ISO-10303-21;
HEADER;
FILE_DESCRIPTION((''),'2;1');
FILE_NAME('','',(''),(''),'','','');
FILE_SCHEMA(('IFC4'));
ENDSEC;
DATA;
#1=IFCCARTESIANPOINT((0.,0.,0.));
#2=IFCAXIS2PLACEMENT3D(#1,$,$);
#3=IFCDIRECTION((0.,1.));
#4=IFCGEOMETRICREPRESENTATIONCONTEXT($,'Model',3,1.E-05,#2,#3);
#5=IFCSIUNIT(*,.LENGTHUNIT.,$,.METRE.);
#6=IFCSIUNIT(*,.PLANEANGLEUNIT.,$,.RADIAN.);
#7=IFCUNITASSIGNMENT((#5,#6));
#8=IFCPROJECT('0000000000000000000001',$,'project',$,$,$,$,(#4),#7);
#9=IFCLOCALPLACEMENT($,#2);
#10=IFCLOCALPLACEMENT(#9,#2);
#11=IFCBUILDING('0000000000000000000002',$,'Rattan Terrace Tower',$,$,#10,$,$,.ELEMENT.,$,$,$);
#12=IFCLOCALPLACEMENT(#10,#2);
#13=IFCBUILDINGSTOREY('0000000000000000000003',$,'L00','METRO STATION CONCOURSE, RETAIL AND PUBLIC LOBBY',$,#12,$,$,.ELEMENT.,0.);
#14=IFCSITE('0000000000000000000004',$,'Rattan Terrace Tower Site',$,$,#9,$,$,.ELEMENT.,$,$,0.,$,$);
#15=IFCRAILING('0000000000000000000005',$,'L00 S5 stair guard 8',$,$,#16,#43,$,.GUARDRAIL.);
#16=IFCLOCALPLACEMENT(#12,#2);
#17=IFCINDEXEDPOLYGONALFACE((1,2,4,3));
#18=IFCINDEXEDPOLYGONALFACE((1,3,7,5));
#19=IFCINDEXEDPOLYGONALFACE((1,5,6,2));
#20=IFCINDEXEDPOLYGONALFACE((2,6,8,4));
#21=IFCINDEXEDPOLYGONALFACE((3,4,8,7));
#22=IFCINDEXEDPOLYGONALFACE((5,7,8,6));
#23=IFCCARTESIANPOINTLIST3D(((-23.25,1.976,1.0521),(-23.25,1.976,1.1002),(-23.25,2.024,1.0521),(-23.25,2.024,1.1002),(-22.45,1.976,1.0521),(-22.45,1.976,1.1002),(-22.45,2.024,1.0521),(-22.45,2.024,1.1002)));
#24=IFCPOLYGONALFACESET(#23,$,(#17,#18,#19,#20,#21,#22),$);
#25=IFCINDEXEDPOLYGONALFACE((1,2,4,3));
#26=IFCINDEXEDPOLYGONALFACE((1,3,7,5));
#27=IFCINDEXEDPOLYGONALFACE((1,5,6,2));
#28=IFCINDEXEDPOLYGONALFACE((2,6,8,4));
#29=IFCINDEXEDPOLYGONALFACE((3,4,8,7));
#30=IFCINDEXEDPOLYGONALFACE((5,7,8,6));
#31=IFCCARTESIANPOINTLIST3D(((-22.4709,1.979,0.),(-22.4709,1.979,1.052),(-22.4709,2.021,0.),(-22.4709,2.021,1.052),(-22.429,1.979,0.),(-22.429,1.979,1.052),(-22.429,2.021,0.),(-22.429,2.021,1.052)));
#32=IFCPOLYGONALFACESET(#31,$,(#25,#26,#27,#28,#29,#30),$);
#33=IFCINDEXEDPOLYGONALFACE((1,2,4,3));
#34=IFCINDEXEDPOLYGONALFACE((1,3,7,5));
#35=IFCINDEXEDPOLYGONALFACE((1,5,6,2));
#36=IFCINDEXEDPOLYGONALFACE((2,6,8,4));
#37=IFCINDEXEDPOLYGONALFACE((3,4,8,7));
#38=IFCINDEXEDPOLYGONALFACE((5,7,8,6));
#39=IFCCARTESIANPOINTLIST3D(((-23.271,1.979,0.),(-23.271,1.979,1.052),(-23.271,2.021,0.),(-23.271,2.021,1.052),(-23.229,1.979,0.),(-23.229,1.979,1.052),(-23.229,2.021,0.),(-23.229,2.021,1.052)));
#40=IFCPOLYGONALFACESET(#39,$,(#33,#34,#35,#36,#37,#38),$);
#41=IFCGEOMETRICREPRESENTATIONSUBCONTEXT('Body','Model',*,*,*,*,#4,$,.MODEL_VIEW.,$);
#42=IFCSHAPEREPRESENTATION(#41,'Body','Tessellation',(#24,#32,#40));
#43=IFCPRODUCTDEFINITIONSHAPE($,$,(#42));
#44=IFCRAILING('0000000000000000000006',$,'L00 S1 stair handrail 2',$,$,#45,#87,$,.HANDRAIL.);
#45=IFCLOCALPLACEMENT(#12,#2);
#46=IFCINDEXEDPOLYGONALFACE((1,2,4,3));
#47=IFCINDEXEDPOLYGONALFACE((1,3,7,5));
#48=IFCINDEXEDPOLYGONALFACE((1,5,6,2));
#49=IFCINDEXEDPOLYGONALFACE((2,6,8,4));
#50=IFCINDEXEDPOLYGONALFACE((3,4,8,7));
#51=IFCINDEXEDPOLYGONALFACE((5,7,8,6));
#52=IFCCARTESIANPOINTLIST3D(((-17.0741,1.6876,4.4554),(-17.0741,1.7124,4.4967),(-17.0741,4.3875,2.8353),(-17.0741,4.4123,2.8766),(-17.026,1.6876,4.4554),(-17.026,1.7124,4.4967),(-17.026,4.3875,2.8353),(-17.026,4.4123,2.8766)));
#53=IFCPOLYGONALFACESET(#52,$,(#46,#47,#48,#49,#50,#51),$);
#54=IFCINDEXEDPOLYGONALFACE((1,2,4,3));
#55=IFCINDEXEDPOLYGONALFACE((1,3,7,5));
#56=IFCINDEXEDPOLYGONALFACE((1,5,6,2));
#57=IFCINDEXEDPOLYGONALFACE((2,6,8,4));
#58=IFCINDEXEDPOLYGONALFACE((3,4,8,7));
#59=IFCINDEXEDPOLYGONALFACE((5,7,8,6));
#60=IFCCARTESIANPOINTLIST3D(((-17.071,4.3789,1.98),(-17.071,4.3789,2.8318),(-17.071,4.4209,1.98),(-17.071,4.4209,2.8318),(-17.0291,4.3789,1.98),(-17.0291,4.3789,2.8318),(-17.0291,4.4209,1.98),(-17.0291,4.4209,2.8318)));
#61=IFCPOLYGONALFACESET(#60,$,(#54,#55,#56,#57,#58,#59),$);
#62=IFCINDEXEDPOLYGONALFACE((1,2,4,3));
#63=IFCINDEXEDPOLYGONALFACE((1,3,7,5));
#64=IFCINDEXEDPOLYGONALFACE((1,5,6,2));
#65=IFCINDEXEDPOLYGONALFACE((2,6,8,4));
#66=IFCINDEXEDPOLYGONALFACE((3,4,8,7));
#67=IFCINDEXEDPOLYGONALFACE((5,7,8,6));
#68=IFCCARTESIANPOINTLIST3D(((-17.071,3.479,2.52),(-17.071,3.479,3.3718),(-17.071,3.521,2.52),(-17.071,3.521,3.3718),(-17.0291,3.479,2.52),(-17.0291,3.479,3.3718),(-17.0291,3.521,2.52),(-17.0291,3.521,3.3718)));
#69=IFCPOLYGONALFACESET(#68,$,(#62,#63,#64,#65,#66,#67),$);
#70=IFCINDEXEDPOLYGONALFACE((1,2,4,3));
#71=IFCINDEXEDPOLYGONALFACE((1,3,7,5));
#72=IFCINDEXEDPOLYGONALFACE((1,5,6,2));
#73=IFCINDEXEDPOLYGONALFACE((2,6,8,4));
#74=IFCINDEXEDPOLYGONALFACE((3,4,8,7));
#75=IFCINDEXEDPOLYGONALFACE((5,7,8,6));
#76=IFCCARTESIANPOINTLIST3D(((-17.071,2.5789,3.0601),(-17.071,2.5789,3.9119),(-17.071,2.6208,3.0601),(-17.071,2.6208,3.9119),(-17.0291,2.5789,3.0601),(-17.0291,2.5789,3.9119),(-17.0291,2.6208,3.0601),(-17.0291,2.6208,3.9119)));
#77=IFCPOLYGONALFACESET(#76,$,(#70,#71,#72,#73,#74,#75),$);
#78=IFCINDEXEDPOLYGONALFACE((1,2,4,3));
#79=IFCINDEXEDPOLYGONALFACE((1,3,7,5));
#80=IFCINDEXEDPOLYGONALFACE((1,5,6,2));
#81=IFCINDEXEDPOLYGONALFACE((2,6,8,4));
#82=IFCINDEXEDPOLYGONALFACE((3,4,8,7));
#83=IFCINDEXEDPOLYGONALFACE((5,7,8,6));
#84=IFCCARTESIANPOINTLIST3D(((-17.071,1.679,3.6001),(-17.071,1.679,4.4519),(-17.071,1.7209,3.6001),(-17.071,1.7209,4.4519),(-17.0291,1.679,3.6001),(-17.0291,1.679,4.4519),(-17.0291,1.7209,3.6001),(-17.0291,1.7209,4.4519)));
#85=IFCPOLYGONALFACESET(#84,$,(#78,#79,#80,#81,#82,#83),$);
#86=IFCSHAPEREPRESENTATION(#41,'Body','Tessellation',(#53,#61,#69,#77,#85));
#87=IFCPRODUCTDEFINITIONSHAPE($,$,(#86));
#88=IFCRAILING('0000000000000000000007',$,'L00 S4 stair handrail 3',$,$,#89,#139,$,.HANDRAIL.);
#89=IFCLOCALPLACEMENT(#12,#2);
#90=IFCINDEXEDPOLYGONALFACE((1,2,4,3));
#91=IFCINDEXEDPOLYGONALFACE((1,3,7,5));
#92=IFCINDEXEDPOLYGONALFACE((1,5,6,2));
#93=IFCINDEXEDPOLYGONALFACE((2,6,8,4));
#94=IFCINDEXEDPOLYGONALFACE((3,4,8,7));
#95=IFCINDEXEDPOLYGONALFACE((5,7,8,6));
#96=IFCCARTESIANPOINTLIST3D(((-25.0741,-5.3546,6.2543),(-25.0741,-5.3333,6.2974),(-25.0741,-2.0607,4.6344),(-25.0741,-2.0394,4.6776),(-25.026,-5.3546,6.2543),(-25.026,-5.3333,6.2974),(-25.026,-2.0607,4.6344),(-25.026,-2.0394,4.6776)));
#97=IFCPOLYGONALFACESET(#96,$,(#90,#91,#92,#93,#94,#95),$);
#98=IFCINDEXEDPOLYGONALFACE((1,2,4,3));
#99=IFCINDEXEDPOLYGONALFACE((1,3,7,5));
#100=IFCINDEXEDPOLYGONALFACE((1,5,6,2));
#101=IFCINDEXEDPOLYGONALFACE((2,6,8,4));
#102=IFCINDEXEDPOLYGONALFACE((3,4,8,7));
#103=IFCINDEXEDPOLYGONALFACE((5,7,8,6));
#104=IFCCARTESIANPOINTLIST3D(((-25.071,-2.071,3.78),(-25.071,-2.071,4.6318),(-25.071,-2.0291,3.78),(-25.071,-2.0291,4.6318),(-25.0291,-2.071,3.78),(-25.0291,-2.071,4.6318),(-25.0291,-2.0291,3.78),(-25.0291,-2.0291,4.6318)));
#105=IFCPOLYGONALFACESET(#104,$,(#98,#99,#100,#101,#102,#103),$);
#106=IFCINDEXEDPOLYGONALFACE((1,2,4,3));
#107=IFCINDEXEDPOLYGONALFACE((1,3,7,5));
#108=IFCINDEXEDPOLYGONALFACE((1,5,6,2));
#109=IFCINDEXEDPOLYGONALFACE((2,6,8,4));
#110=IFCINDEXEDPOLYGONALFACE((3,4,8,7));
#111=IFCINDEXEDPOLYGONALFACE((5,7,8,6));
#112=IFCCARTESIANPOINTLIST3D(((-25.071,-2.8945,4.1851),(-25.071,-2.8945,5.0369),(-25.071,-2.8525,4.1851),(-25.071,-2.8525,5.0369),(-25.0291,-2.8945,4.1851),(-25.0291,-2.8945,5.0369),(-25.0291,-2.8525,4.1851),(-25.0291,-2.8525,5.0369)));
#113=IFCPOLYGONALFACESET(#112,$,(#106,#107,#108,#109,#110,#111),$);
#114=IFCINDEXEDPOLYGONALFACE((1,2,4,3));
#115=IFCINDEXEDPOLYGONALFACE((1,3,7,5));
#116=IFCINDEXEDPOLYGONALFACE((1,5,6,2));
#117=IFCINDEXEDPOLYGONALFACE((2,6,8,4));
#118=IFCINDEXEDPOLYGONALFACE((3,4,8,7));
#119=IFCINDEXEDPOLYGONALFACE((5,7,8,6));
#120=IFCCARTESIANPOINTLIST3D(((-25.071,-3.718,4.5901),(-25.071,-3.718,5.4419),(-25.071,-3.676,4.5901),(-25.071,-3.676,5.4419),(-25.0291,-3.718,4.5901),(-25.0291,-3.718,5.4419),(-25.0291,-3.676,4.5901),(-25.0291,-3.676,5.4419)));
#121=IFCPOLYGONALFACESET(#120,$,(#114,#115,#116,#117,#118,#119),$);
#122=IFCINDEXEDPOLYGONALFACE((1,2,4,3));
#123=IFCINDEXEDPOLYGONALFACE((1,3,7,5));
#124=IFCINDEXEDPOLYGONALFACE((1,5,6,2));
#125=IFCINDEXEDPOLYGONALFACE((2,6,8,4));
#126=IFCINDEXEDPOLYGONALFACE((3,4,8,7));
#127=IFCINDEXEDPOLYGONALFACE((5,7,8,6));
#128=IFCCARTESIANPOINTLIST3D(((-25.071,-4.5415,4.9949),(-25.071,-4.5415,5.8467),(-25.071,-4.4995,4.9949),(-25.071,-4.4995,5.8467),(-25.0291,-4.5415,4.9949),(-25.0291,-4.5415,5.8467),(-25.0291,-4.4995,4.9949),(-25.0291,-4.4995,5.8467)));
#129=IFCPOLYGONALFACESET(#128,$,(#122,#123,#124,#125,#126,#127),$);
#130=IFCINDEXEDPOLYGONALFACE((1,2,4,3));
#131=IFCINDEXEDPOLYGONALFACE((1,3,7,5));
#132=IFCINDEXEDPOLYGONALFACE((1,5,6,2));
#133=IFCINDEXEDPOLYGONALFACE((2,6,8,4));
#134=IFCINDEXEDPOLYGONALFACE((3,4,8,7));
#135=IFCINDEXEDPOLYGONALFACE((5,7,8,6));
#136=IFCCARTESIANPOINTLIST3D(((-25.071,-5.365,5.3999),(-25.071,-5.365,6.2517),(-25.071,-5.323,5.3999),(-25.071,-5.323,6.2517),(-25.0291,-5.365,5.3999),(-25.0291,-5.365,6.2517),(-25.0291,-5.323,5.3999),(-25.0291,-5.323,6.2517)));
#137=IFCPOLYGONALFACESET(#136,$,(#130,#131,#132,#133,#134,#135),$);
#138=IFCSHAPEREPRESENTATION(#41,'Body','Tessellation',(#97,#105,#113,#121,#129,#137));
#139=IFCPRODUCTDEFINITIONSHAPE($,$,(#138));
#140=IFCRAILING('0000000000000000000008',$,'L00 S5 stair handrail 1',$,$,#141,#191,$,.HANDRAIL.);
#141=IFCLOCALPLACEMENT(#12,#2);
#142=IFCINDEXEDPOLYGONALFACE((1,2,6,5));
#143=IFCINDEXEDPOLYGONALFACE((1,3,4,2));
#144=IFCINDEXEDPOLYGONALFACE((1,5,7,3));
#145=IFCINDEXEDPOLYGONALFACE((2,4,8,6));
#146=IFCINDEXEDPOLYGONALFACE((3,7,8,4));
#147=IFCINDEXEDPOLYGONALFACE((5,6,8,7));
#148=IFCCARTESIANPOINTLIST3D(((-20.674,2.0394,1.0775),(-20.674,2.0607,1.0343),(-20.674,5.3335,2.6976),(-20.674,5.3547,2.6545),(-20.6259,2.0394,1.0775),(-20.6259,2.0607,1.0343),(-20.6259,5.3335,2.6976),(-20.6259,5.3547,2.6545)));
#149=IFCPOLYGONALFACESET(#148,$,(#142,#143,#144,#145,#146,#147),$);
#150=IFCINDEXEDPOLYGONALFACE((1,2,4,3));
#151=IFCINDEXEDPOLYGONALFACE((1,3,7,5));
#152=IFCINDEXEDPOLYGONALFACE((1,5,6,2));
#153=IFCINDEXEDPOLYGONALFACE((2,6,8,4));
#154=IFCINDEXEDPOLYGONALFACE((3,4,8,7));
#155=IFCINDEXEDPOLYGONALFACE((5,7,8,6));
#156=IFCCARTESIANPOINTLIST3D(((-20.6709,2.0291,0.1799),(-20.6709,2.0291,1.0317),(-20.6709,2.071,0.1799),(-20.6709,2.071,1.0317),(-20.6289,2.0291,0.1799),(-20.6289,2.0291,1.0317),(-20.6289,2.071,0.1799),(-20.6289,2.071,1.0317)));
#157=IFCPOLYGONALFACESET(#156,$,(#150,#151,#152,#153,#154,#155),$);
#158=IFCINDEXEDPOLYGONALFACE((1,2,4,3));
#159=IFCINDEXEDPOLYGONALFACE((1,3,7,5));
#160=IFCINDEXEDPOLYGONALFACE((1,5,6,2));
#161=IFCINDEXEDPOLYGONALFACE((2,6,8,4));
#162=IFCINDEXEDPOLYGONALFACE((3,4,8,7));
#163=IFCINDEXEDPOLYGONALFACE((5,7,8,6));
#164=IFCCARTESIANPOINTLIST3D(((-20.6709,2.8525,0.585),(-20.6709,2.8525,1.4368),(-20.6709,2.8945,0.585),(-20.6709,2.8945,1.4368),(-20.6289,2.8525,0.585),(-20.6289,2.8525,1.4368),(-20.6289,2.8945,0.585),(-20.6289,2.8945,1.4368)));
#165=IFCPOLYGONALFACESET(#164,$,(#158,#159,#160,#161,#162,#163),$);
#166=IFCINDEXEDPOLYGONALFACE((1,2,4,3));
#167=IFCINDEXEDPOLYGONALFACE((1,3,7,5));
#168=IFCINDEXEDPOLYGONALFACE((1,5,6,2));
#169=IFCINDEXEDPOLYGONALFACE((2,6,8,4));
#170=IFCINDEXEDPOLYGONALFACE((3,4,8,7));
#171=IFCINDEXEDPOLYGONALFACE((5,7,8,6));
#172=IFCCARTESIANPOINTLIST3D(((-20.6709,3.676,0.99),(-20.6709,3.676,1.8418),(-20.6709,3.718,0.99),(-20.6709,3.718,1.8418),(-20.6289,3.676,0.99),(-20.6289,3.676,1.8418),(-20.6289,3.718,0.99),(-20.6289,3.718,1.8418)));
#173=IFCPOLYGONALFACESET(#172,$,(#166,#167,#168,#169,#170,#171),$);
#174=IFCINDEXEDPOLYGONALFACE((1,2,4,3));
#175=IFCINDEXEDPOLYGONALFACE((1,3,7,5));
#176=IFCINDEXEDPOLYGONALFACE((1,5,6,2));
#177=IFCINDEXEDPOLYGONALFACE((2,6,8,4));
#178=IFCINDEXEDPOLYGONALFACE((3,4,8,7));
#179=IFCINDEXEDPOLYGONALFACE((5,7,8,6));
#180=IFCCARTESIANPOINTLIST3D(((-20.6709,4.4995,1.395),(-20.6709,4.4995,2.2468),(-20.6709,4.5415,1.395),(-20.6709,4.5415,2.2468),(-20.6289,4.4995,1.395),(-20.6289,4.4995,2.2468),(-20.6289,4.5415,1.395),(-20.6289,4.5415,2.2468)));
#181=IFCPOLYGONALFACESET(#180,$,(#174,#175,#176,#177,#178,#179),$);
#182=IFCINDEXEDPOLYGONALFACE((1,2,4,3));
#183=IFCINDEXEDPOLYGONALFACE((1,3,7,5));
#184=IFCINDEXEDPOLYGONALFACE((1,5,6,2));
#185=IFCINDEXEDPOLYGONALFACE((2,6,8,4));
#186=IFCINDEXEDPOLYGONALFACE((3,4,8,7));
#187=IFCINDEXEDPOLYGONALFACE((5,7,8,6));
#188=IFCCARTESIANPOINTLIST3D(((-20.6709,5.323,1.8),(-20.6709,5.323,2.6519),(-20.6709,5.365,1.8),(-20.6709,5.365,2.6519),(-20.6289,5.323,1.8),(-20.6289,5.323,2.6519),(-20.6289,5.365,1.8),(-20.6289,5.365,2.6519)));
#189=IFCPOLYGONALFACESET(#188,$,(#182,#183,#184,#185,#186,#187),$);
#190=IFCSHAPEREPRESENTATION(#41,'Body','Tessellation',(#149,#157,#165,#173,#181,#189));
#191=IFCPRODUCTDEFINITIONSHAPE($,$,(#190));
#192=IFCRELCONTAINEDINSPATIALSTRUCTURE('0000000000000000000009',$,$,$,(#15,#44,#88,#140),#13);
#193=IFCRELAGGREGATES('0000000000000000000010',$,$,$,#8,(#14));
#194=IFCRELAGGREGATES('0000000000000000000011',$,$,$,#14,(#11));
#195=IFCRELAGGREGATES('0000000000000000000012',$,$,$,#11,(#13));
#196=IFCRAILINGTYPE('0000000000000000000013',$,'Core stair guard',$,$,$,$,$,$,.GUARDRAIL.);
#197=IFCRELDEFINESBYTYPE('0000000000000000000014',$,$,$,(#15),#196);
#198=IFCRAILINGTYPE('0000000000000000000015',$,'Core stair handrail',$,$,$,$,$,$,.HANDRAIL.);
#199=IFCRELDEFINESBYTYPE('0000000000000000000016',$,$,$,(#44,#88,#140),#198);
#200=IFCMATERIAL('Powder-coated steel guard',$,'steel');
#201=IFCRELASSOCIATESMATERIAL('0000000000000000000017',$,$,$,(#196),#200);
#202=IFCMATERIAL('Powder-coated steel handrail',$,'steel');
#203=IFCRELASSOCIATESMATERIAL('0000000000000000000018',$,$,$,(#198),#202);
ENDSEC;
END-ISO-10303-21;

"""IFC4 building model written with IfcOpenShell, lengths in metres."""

from ifc_helpers import new_model, si_unit, direction, frame, origin, origin_2d, place, context, subcontext, project, spatial, rectangle, extrude, material, type_object, element, save


model = new_model("IFC4")

# Units and contexts
model_context = context("Model", 3, precision=1e-05, world=origin(), true_north=direction((0.0, 1.0)))
body_context = subcontext(model_context, "Body", "Model", "MODEL_VIEW")
ifc_project = project(units=[si_unit("LENGTHUNIT", "METRE"), si_unit("PLANEANGLEUNIT", "RADIAN")], contexts=[model_context])

# Site, building, storey
site_placement = place(None, origin())
site = spatial("IfcSite", under=ifc_project, at=site_placement, Name="Rattan Terrace Tower Site", CompositionType="ELEMENT", RefElevation=0.0)
building_placement = place(site_placement, origin())
building = spatial("IfcBuilding", under=site, at=building_placement, Name="Rattan Terrace Tower", CompositionType="ELEMENT")
storey_placement = place(building_placement, origin())
storey = spatial("IfcBuildingStorey", under=building, at=storey_placement, Name="L00", Description="METRO STATION CONCOURSE, RETAIL AND PUBLIC LOBBY", CompositionType="ELEMENT", Elevation=0.0)

# Railings
ifc_material_1 = material(Name="Powder-coated steel guard", Category="steel")
railing_type_1 = type_object("IfcRailingType", Name="Core stair guard", PredefinedType="GUARDRAIL", material=ifc_material_1)
railing_1_placement = place(storey_placement, frame((-22.45, 2.0, 0.0)))
element("IfcRailing", 1, at=railing_1_placement, inside=storey, type_object=railing_type_1, Name="L00 S5 stair guard 8", PredefinedType="GUARDRAIL", context=body_context, shape_type="SweptSolid", body=[
    extrude(rectangle(XDim=0.0481, YDim=0.0481, at=origin_2d()), frame((0.0, 0.0, 1.0762), z_axis=(-1.0, 0.0, 0.0), x_axis=(0.0, -1.0, 0.0)), (0.0, 0.0, 1.0), 0.8),
    extrude(rectangle(XDim=0.042, YDim=0.042, at=origin_2d()), origin(), (0.0, 0.0, 1.0), 1.052),
    extrude(rectangle(XDim=0.042, YDim=0.042, at=origin_2d()), frame((-0.8, 0.0, 0.0)), (0.0, 0.0, 1.0), 1.052),
])
ifc_material_2 = material(Name="Powder-coated steel handrail", Category="steel")
railing_type_2 = type_object("IfcRailingType", Name="Core stair handrail", PredefinedType="HANDRAIL", material=ifc_material_2)
railing_2_placement = place(storey_placement, frame((-17.05, 4.3999, 1.98)))
element("IfcRailing", 2, at=railing_2_placement, inside=storey, type_object=railing_type_2, Name="L00 S1 stair handrail 2", PredefinedType="HANDRAIL", context=body_context, shape_type="SweptSolid", body=[
    extrude(rectangle(XDim=0.0481, YDim=0.0481, at=origin_2d()), frame((0.0, 0.0, 0.876), z_axis=(0.0, -0.857472, 0.51453), x_axis=(1.0, 0.0, 0.0)), (0.0, 0.0, 1.0), 3.1487),
    extrude(rectangle(XDim=0.042, YDim=0.042, at=origin_2d()), origin(), (0.0, 0.0, 1.0), 0.8518),
    extrude(rectangle(XDim=0.042, YDim=0.042, at=origin_2d()), frame((0.0, -0.8999, 0.54)), (0.0, 0.0, 1.0), 0.8518),
    extrude(rectangle(XDim=0.042, YDim=0.042, at=origin_2d()), frame((0.0, -1.8, 1.0801)), (0.0, 0.0, 1.0), 0.8518),
    extrude(rectangle(XDim=0.042, YDim=0.042, at=origin_2d()), frame((0.0, -2.7, 1.6201)), (0.0, 0.0, 1.0), 0.8518),
])
railing_3_placement = place(storey_placement, frame((-25.05, -2.05, 3.78)))
element("IfcRailing", 3, at=railing_3_placement, inside=storey, type_object=railing_type_2, Name="L00 S4 stair handrail 3", PredefinedType="HANDRAIL", context=body_context, shape_type="SweptSolid", body=[
    extrude(rectangle(XDim=0.0481, YDim=0.0481, at=origin_2d()), frame((0.0, 0.0, 0.876), z_axis=(0.0, -0.897361, 0.441298), x_axis=(1.0, 0.0, 0.0)), (0.0, 0.0, 1.0), 3.6707),
    extrude(rectangle(XDim=0.042, YDim=0.042, at=origin_2d()), origin(), (0.0, 0.0, 1.0), 0.8518),
    extrude(rectangle(XDim=0.042, YDim=0.042, at=origin_2d()), frame((0.0, -0.8235, 0.405)), (0.0, 0.0, 1.0), 0.8518),
    extrude(rectangle(XDim=0.042, YDim=0.042, at=origin_2d()), frame((0.0, -1.647, 0.8101)), (0.0, 0.0, 1.0), 0.8518),
    extrude(rectangle(XDim=0.042, YDim=0.042, at=origin_2d()), frame((0.0, -2.4705, 1.2148)), (0.0, 0.0, 1.0), 0.8518),
    extrude(rectangle(XDim=0.042, YDim=0.042, at=origin_2d()), frame((0.0, -3.2939, 1.6199)), (0.0, 0.0, 1.0), 0.8518),
])
railing_4_placement = place(storey_placement, frame((-20.6499, 2.05, 0.1799)))
element("IfcRailing", 4, at=railing_4_placement, inside=storey, type_object=railing_type_2, Name="L00 S5 stair handrail 1", PredefinedType="HANDRAIL", context=body_context, shape_type="SweptSolid", body=[
    extrude(rectangle(XDim=0.0481, YDim=0.0481, at=origin_2d()), frame((0.0, 0.0, 0.876), z_axis=(0.0, 0.897334, 0.441351), x_axis=(-1.0, 0.0, 0.0)), (0.0, 0.0, 1.0), 3.6709),
    extrude(rectangle(XDim=0.042, YDim=0.042, at=origin_2d()), origin(), (0.0, 0.0, 1.0), 0.8518),
    extrude(rectangle(XDim=0.042, YDim=0.042, at=origin_2d()), frame((0.0, 0.8235, 0.405)), (0.0, 0.0, 1.0), 0.8518),
    extrude(rectangle(XDim=0.042, YDim=0.042, at=origin_2d()), frame((0.0, 1.647, 0.8101)), (0.0, 0.0, 1.0), 0.8518),
    extrude(rectangle(XDim=0.042, YDim=0.042, at=origin_2d()), frame((0.0, 2.4705, 1.2151)), (0.0, 0.0, 1.0), 0.8518),
    extrude(rectangle(XDim=0.042, YDim=0.042, at=origin_2d()), frame((0.0, 3.2939, 1.6201)), (0.0, 0.0, 1.0), 0.8518),
])

save(model, "model.ifc")
